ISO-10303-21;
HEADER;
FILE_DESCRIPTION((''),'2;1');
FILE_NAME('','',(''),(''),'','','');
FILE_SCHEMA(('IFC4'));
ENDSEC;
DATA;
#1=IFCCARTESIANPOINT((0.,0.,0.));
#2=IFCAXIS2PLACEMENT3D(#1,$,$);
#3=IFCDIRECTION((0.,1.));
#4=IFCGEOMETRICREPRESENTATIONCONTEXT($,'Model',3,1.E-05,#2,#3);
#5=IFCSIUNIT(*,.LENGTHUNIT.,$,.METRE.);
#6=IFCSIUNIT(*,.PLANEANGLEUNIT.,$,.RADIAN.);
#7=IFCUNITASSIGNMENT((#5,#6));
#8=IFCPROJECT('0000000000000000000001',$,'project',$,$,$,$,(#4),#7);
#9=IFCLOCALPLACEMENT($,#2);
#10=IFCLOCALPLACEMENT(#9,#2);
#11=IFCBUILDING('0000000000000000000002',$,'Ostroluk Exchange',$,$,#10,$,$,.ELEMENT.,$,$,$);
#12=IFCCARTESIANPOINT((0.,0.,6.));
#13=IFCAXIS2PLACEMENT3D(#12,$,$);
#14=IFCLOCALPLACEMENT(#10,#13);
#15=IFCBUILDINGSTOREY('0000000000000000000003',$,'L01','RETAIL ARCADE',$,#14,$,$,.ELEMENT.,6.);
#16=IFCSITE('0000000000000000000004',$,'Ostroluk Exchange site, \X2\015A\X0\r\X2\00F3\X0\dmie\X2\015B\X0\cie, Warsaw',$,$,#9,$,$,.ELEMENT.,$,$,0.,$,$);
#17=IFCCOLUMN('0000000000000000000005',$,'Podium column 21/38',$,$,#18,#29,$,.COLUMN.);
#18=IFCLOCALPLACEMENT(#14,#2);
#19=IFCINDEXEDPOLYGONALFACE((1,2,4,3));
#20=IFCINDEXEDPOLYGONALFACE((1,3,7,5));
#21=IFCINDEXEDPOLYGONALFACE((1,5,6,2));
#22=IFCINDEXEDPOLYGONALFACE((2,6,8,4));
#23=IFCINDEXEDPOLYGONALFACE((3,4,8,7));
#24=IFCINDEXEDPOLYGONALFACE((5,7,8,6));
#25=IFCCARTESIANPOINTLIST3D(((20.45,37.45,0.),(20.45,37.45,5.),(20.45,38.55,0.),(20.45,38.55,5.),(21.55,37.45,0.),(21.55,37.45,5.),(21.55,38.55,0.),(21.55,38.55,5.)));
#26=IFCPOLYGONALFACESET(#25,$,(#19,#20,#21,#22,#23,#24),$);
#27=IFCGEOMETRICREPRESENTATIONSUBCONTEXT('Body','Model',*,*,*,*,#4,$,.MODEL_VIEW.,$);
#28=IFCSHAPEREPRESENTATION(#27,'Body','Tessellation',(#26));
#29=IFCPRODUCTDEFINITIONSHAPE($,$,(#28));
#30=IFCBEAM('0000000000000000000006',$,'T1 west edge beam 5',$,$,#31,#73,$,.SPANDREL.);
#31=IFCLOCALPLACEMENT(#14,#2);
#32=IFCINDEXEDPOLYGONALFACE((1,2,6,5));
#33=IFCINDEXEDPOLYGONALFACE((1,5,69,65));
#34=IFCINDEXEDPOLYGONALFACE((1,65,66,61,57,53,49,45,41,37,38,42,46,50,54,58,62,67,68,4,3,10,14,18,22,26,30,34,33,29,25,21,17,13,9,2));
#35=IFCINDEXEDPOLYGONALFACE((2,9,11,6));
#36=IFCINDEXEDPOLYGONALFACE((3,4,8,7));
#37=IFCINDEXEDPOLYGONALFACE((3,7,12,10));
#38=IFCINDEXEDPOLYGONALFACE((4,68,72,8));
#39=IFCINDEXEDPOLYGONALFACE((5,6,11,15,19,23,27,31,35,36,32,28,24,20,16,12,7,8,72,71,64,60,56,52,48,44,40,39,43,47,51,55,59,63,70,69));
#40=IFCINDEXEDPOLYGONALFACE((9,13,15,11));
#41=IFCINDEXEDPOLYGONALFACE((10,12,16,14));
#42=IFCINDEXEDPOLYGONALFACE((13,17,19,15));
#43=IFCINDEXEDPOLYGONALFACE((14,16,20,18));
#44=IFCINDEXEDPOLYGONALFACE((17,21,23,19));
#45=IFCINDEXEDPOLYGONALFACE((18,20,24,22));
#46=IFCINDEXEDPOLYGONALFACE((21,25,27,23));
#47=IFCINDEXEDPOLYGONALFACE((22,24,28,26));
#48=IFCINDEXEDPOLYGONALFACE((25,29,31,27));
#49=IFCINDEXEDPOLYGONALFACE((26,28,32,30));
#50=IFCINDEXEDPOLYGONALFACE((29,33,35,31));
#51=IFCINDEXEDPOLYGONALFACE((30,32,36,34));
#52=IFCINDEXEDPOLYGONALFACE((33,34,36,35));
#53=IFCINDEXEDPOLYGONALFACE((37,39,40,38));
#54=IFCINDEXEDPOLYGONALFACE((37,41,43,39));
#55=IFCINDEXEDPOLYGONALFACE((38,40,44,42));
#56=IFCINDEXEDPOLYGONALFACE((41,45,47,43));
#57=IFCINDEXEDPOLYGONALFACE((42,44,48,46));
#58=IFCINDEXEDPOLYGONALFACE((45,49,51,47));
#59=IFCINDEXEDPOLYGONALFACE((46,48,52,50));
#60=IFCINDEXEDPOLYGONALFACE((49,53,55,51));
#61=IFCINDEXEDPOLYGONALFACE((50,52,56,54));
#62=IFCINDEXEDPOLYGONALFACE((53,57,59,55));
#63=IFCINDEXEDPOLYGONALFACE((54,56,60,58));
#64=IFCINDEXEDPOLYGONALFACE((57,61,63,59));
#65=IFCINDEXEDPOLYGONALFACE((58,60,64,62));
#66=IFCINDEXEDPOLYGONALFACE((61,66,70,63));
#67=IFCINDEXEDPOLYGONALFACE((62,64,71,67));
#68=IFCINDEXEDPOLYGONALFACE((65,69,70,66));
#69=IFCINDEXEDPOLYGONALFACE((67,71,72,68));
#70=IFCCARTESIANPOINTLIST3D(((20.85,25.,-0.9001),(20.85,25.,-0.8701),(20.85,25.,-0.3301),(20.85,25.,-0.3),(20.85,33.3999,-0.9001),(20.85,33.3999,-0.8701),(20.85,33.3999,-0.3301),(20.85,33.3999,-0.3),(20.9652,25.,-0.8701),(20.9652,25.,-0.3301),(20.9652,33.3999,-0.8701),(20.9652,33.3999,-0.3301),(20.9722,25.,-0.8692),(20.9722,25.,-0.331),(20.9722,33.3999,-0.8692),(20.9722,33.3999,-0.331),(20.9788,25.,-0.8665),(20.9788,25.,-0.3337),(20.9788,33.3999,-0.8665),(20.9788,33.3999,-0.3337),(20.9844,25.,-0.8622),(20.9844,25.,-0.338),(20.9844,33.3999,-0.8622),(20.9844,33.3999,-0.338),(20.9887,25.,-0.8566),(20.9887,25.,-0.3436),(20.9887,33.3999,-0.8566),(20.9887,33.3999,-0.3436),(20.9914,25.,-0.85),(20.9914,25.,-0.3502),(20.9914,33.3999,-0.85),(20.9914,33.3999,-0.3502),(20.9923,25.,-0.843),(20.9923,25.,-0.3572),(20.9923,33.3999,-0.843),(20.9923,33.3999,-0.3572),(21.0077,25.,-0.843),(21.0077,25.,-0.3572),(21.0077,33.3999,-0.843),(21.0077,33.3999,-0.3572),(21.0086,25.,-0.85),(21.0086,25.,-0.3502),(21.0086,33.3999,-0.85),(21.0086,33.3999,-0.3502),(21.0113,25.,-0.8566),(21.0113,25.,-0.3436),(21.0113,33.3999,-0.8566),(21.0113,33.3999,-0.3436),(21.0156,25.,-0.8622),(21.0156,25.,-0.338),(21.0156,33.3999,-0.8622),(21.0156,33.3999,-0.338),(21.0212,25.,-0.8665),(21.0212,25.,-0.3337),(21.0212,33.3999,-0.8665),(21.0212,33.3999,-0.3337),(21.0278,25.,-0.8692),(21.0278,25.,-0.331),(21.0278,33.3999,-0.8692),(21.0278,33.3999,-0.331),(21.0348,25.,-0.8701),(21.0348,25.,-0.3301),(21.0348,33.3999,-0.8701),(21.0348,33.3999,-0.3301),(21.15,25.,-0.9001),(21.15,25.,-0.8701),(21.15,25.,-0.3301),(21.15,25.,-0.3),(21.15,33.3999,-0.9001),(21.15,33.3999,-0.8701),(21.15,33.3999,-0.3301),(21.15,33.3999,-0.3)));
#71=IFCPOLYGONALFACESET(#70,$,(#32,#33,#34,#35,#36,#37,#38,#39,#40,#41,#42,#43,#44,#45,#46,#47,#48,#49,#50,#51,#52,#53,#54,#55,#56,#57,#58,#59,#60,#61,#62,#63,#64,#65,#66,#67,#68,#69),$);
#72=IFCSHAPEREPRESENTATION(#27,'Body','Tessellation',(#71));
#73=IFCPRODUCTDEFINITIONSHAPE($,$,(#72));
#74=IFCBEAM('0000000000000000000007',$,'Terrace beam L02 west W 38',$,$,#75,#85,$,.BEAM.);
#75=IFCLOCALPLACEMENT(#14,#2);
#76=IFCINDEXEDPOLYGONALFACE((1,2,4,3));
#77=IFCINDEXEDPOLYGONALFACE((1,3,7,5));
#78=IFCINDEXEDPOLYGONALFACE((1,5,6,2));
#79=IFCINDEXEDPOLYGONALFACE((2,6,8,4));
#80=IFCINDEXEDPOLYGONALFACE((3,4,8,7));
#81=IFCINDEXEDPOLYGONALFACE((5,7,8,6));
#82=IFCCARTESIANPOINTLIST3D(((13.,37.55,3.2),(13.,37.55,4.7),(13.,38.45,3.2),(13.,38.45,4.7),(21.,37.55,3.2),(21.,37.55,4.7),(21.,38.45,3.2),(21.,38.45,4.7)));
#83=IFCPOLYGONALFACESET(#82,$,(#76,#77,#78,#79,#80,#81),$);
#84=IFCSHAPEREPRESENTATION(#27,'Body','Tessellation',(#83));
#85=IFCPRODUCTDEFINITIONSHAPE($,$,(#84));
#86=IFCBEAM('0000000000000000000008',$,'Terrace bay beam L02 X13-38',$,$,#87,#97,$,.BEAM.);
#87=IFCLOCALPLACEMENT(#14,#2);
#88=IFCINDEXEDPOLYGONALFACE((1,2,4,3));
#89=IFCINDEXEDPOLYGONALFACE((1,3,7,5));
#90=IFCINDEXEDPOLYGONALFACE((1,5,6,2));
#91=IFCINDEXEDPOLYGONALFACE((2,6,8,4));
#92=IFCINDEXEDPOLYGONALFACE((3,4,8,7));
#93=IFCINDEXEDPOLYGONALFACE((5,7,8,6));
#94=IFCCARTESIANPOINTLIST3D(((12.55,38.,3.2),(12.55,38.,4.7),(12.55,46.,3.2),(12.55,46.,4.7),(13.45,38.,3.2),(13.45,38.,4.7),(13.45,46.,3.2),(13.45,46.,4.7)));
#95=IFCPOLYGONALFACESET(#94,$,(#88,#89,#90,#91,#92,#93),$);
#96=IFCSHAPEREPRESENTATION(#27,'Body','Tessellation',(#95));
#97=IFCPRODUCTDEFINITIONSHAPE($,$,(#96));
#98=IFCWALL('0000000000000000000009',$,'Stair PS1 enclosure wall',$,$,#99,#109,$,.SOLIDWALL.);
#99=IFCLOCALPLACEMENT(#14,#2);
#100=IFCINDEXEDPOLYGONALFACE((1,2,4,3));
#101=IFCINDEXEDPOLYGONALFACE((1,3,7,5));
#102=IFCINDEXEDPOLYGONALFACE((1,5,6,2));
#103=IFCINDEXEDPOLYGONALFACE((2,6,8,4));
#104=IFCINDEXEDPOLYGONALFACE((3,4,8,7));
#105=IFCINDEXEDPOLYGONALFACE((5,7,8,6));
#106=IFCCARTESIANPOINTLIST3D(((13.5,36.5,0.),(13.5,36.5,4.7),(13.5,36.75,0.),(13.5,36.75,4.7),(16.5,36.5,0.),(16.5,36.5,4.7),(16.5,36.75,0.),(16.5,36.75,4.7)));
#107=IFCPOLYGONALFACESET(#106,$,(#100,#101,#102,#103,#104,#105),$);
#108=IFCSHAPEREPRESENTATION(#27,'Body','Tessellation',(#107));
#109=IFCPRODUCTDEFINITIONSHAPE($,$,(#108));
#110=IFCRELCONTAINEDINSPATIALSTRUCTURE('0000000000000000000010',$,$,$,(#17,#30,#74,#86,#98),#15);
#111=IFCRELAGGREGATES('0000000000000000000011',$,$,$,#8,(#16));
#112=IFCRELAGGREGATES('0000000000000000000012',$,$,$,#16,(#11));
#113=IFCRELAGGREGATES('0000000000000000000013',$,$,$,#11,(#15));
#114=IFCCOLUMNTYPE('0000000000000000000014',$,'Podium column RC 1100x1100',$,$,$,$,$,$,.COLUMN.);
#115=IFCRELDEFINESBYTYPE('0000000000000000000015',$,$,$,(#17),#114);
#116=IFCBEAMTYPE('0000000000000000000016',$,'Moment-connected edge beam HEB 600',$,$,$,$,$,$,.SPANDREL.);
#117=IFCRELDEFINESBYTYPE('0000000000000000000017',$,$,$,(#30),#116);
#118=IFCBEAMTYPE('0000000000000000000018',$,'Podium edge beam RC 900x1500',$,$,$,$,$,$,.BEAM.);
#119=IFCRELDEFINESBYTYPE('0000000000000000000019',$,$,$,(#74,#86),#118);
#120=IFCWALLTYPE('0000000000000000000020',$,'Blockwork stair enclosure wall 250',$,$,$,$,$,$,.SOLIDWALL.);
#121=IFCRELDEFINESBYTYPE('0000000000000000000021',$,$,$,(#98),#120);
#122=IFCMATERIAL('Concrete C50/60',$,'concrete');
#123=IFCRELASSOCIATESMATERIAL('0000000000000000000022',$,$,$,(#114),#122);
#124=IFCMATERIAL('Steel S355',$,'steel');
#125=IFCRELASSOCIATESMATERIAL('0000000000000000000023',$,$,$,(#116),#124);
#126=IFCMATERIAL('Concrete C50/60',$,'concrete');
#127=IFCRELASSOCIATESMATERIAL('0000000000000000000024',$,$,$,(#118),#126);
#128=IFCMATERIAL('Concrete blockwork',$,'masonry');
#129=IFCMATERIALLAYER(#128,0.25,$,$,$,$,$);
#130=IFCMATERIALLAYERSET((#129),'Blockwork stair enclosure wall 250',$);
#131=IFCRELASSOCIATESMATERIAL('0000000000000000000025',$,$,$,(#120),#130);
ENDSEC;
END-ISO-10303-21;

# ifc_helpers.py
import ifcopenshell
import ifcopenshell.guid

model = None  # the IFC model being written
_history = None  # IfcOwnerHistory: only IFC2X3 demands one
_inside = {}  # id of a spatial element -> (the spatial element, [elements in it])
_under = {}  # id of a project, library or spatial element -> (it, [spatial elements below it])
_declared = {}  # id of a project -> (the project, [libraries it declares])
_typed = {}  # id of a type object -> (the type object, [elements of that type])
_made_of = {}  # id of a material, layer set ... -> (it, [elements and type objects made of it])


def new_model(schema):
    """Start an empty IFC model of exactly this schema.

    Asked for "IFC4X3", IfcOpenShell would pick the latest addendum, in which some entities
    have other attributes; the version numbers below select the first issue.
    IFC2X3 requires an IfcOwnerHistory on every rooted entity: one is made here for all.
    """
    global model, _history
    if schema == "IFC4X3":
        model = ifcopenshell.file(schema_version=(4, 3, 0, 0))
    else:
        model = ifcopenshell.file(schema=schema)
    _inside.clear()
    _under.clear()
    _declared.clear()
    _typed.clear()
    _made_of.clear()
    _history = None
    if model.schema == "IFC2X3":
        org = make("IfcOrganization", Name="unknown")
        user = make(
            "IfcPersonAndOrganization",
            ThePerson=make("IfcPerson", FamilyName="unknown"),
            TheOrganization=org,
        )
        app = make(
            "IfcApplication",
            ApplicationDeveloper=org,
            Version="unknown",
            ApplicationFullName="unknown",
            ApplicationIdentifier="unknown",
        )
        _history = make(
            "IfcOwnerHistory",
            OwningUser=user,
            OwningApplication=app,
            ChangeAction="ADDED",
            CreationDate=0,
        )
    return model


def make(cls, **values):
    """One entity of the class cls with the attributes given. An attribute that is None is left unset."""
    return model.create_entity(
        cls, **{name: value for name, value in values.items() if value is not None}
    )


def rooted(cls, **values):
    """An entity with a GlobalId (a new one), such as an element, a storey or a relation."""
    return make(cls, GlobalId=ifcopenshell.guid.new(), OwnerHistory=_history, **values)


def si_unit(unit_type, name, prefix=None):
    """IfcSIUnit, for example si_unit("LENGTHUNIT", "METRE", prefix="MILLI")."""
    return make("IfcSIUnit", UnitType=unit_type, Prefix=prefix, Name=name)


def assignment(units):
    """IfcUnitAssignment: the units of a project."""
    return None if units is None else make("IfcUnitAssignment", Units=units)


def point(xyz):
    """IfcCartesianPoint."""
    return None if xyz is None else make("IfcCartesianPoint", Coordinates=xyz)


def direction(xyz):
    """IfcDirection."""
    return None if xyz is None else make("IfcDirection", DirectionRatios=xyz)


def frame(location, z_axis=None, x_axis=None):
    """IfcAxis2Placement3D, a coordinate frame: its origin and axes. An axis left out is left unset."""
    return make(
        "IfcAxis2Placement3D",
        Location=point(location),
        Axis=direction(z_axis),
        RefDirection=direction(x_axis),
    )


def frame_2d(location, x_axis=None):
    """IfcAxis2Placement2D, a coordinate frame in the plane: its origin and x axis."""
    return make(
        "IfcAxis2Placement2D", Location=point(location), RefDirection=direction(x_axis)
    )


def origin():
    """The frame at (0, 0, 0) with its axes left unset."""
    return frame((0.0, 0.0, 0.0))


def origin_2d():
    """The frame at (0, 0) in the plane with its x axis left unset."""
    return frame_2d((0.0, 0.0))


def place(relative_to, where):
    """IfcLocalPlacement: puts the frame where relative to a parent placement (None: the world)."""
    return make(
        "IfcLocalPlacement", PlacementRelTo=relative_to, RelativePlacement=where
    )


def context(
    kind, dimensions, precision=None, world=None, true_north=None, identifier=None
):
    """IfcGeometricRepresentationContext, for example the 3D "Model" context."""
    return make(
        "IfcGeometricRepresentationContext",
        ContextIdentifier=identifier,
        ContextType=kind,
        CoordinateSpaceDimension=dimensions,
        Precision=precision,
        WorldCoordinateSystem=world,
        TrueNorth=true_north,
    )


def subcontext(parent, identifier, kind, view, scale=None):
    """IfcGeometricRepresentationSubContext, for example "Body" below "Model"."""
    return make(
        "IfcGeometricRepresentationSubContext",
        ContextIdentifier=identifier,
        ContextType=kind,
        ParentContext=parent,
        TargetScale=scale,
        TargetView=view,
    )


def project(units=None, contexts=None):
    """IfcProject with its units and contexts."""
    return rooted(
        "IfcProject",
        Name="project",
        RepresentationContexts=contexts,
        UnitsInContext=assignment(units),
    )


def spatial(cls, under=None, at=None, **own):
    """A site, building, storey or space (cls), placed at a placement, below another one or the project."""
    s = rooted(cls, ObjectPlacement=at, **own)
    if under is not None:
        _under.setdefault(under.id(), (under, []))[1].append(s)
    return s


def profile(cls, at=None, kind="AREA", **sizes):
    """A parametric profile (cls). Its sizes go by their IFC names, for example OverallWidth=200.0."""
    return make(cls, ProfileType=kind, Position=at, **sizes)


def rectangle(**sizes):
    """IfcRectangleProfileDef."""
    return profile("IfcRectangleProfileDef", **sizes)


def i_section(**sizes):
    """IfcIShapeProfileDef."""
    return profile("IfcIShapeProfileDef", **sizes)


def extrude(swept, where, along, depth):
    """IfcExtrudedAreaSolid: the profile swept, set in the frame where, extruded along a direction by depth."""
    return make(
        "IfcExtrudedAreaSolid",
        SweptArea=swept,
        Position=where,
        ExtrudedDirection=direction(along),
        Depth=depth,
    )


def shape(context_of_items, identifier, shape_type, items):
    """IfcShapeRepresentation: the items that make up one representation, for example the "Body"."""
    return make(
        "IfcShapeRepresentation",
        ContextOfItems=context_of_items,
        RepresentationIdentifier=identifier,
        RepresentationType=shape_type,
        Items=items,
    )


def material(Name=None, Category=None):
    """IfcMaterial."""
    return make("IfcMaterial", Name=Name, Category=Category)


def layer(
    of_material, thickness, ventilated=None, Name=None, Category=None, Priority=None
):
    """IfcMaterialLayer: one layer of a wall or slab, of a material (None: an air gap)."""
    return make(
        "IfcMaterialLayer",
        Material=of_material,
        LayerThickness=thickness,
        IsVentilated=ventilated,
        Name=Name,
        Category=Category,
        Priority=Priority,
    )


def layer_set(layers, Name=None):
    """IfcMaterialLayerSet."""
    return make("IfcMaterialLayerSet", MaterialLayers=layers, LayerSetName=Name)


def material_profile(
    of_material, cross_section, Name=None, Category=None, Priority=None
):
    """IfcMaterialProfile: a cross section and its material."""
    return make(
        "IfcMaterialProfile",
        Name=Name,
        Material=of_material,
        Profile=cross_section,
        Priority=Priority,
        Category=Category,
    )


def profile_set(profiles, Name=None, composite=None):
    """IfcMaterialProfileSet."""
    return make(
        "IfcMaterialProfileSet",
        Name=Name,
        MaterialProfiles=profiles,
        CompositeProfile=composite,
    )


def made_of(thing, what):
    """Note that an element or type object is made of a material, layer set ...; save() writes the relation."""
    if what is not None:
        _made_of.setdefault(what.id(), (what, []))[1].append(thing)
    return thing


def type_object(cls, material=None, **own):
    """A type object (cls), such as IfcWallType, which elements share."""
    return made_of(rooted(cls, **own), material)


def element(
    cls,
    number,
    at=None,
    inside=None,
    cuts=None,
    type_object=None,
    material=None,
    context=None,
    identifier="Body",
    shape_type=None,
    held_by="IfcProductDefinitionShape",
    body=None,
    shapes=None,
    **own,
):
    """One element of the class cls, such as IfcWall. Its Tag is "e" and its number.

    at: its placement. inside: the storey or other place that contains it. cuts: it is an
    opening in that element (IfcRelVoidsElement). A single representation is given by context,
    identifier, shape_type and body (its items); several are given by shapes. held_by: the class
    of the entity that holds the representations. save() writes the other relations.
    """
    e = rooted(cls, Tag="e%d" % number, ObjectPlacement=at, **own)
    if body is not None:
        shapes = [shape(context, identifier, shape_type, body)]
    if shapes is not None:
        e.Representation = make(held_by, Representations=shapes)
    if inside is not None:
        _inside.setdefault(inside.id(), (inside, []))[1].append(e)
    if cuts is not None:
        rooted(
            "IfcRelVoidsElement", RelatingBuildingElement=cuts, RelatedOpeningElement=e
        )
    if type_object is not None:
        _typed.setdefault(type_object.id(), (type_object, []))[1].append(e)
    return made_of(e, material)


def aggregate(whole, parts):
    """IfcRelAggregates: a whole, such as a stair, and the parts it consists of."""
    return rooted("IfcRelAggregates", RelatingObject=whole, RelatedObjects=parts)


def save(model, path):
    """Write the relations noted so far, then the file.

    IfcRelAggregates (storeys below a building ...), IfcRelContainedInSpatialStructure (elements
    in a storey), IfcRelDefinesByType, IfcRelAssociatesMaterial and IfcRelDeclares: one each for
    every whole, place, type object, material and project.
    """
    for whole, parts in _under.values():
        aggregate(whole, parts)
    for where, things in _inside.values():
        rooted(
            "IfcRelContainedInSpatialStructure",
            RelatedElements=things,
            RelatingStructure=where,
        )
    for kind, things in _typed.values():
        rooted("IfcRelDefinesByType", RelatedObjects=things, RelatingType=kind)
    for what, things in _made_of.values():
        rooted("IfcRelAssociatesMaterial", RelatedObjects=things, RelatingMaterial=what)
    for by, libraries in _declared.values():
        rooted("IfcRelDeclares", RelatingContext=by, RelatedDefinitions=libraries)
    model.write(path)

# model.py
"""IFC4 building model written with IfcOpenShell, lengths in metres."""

from ifc_helpers import new_model, si_unit, direction, frame, frame_2d, origin, origin_2d, place, context, subcontext, project, spatial, rectangle, i_section, extrude, material, layer, layer_set, material_profile, profile_set, type_object, element, save


model = new_model("IFC4")

# Units and contexts
model_context = context("Model", 3, precision=1e-05, world=origin(), true_north=direction((0.0, 1.0)))
body_context = subcontext(model_context, "Body", "Model", "MODEL_VIEW")
ifc_project = project(units=[si_unit("LENGTHUNIT", "METRE"), si_unit("PLANEANGLEUNIT", "RADIAN")], contexts=[model_context])

# Site, building, storey
site_placement = place(None, origin())
site = spatial("IfcSite", under=ifc_project, at=site_placement, Name="Ostroluk Exchange site, Śródmieście, Warsaw", CompositionType="ELEMENT", RefElevation=0.0)
building_placement = place(site_placement, origin())
building = spatial("IfcBuilding", under=site, at=building_placement, Name="Ostroluk Exchange", CompositionType="ELEMENT")
storey_placement = place(building_placement, frame((0.0, 0.0, 6.0)))
storey = spatial("IfcBuildingStorey", under=building, at=storey_placement, Name="L01", Description="RETAIL ARCADE", CompositionType="ELEMENT", Elevation=6.0)

# Column
ifc_material_1 = material(Name="Concrete C50/60", Category="concrete")
ifc_material_profile_1 = material_profile(ifc_material_1, rectangle(XDim=1.1001, YDim=1.1001, at=origin_2d()), Name="RC 1100x1100")
ifc_profile_set_1 = profile_set([ifc_material_profile_1], Name="Concrete C50/60")
column_type_1 = type_object("IfcColumnType", Name="Podium column RC 1100x1100", PredefinedType="COLUMN", material=ifc_profile_set_1)
for number, where, z_axis, x_axis, name in (
    (1, (21.0, 38.0, 0.0), (0.0, 0.0, 1.0), (1.0, 0.0, 0.0), "Podium column 21/38"),
):
    element("IfcColumn", number, at=place(storey_placement, frame(where, z_axis=z_axis, x_axis=x_axis)), inside=storey, type_object=column_type_1, Name=name, PredefinedType="COLUMN", context=body_context, shape_type="SweptSolid", body=[
        extrude(rectangle(XDim=1.1001, YDim=1.1001, at=origin_2d()), origin(), (0.0, 0.0, 1.0), 5.0),
    ])

# Beams
ifc_material_2 = material(Name="Steel S355", Category="steel")
ifc_material_profile_2 = material_profile(ifc_material_2, i_section(OverallWidth=0.3, OverallDepth=0.6001, WebThickness=0.0154, FlangeThickness=0.03, FilletRadius=0.0271, at=origin_2d()), Name="HEB 600")
ifc_profile_set_2 = profile_set([ifc_material_profile_2], Name="Steel S355")
beam_type_1 = type_object("IfcBeamType", Name="Moment-connected edge beam HEB 600", PredefinedType="SPANDREL", material=ifc_profile_set_2)
beam_placement = place(storey_placement, frame((21.0, 33.3999, -0.6001), z_axis=(0.0, -1.0, 0.0), x_axis=(1.0, 0.0, 0.0)))
element("IfcBeam", 2, at=beam_placement, inside=storey, type_object=beam_type_1, Name="T1 west edge beam 5", PredefinedType="SPANDREL", context=body_context, shape_type="SweptSolid", body=[
    extrude(i_section(OverallWidth=0.3, OverallDepth=0.6001, WebThickness=0.0154, FlangeThickness=0.03, FilletRadius=0.0271, at=origin_2d()), origin(), (0.0, 0.0, 1.0), 8.3999),
])
ifc_material_3 = material(Name="Concrete C50/60", Category="concrete")
ifc_material_profile_3 = material_profile(ifc_material_3, rectangle(XDim=0.8999, YDim=1.5, at=origin_2d()), Name="RC 900x1500")
ifc_profile_set_3 = profile_set([ifc_material_profile_3], Name="Concrete C50/60")
beam_type_2 = type_object("IfcBeamType", Name="Podium edge beam RC 900x1500", PredefinedType="BEAM", material=ifc_profile_set_3)
for number, where, z_axis, x_axis, name in (
    (3, (13.0, 38.0, 3.95), (1.0, 0.0, 0.0), (0.0, 1.0, 0.0), "Terrace beam L02 west W 38"),
    (4, (13.0, 38.0, 3.95), (0.0, 1.0, 0.0), (-1.0, 0.0, 0.0), "Terrace bay beam L02 X13-38"),
):
    element("IfcBeam", number, at=place(storey_placement, frame(where, z_axis=z_axis, x_axis=x_axis)), inside=storey, type_object=beam_type_2, Name=name, PredefinedType="BEAM", context=body_context, shape_type="SweptSolid", body=[
        extrude(rectangle(XDim=0.8999, YDim=1.5, at=origin_2d()), origin(), (0.0, 0.0, 1.0), 8.0),
    ])

# Wall
ifc_material_4 = material(Name="Concrete blockwork", Category="masonry")
ifc_layer_1 = layer(ifc_material_4, 0.25)
ifc_layer_set_1 = layer_set([ifc_layer_1], Name="Blockwork stair enclosure wall 250")
wall_type_1 = type_object("IfcWallType", Name="Blockwork stair enclosure wall 250", PredefinedType="SOLIDWALL", material=ifc_layer_set_1)
wall_1_placement = place(storey_placement, frame((13.5, 36.625, 0.0), z_axis=(0.0, 0.0, 1.0), x_axis=(1.0, 0.0, 0.0)))
element("IfcWall", 5, at=wall_1_placement, inside=storey, type_object=wall_type_1, Name="Stair PS1 enclosure wall", PredefinedType="SOLIDWALL", context=body_context, shape_type="SweptSolid", body=[
    extrude(rectangle(XDim=3.0, YDim=0.25, at=frame_2d((1.5, 0.0))), origin(), (0.0, 0.0, 1.0), 4.7),
])

save(model, "model.ifc")
